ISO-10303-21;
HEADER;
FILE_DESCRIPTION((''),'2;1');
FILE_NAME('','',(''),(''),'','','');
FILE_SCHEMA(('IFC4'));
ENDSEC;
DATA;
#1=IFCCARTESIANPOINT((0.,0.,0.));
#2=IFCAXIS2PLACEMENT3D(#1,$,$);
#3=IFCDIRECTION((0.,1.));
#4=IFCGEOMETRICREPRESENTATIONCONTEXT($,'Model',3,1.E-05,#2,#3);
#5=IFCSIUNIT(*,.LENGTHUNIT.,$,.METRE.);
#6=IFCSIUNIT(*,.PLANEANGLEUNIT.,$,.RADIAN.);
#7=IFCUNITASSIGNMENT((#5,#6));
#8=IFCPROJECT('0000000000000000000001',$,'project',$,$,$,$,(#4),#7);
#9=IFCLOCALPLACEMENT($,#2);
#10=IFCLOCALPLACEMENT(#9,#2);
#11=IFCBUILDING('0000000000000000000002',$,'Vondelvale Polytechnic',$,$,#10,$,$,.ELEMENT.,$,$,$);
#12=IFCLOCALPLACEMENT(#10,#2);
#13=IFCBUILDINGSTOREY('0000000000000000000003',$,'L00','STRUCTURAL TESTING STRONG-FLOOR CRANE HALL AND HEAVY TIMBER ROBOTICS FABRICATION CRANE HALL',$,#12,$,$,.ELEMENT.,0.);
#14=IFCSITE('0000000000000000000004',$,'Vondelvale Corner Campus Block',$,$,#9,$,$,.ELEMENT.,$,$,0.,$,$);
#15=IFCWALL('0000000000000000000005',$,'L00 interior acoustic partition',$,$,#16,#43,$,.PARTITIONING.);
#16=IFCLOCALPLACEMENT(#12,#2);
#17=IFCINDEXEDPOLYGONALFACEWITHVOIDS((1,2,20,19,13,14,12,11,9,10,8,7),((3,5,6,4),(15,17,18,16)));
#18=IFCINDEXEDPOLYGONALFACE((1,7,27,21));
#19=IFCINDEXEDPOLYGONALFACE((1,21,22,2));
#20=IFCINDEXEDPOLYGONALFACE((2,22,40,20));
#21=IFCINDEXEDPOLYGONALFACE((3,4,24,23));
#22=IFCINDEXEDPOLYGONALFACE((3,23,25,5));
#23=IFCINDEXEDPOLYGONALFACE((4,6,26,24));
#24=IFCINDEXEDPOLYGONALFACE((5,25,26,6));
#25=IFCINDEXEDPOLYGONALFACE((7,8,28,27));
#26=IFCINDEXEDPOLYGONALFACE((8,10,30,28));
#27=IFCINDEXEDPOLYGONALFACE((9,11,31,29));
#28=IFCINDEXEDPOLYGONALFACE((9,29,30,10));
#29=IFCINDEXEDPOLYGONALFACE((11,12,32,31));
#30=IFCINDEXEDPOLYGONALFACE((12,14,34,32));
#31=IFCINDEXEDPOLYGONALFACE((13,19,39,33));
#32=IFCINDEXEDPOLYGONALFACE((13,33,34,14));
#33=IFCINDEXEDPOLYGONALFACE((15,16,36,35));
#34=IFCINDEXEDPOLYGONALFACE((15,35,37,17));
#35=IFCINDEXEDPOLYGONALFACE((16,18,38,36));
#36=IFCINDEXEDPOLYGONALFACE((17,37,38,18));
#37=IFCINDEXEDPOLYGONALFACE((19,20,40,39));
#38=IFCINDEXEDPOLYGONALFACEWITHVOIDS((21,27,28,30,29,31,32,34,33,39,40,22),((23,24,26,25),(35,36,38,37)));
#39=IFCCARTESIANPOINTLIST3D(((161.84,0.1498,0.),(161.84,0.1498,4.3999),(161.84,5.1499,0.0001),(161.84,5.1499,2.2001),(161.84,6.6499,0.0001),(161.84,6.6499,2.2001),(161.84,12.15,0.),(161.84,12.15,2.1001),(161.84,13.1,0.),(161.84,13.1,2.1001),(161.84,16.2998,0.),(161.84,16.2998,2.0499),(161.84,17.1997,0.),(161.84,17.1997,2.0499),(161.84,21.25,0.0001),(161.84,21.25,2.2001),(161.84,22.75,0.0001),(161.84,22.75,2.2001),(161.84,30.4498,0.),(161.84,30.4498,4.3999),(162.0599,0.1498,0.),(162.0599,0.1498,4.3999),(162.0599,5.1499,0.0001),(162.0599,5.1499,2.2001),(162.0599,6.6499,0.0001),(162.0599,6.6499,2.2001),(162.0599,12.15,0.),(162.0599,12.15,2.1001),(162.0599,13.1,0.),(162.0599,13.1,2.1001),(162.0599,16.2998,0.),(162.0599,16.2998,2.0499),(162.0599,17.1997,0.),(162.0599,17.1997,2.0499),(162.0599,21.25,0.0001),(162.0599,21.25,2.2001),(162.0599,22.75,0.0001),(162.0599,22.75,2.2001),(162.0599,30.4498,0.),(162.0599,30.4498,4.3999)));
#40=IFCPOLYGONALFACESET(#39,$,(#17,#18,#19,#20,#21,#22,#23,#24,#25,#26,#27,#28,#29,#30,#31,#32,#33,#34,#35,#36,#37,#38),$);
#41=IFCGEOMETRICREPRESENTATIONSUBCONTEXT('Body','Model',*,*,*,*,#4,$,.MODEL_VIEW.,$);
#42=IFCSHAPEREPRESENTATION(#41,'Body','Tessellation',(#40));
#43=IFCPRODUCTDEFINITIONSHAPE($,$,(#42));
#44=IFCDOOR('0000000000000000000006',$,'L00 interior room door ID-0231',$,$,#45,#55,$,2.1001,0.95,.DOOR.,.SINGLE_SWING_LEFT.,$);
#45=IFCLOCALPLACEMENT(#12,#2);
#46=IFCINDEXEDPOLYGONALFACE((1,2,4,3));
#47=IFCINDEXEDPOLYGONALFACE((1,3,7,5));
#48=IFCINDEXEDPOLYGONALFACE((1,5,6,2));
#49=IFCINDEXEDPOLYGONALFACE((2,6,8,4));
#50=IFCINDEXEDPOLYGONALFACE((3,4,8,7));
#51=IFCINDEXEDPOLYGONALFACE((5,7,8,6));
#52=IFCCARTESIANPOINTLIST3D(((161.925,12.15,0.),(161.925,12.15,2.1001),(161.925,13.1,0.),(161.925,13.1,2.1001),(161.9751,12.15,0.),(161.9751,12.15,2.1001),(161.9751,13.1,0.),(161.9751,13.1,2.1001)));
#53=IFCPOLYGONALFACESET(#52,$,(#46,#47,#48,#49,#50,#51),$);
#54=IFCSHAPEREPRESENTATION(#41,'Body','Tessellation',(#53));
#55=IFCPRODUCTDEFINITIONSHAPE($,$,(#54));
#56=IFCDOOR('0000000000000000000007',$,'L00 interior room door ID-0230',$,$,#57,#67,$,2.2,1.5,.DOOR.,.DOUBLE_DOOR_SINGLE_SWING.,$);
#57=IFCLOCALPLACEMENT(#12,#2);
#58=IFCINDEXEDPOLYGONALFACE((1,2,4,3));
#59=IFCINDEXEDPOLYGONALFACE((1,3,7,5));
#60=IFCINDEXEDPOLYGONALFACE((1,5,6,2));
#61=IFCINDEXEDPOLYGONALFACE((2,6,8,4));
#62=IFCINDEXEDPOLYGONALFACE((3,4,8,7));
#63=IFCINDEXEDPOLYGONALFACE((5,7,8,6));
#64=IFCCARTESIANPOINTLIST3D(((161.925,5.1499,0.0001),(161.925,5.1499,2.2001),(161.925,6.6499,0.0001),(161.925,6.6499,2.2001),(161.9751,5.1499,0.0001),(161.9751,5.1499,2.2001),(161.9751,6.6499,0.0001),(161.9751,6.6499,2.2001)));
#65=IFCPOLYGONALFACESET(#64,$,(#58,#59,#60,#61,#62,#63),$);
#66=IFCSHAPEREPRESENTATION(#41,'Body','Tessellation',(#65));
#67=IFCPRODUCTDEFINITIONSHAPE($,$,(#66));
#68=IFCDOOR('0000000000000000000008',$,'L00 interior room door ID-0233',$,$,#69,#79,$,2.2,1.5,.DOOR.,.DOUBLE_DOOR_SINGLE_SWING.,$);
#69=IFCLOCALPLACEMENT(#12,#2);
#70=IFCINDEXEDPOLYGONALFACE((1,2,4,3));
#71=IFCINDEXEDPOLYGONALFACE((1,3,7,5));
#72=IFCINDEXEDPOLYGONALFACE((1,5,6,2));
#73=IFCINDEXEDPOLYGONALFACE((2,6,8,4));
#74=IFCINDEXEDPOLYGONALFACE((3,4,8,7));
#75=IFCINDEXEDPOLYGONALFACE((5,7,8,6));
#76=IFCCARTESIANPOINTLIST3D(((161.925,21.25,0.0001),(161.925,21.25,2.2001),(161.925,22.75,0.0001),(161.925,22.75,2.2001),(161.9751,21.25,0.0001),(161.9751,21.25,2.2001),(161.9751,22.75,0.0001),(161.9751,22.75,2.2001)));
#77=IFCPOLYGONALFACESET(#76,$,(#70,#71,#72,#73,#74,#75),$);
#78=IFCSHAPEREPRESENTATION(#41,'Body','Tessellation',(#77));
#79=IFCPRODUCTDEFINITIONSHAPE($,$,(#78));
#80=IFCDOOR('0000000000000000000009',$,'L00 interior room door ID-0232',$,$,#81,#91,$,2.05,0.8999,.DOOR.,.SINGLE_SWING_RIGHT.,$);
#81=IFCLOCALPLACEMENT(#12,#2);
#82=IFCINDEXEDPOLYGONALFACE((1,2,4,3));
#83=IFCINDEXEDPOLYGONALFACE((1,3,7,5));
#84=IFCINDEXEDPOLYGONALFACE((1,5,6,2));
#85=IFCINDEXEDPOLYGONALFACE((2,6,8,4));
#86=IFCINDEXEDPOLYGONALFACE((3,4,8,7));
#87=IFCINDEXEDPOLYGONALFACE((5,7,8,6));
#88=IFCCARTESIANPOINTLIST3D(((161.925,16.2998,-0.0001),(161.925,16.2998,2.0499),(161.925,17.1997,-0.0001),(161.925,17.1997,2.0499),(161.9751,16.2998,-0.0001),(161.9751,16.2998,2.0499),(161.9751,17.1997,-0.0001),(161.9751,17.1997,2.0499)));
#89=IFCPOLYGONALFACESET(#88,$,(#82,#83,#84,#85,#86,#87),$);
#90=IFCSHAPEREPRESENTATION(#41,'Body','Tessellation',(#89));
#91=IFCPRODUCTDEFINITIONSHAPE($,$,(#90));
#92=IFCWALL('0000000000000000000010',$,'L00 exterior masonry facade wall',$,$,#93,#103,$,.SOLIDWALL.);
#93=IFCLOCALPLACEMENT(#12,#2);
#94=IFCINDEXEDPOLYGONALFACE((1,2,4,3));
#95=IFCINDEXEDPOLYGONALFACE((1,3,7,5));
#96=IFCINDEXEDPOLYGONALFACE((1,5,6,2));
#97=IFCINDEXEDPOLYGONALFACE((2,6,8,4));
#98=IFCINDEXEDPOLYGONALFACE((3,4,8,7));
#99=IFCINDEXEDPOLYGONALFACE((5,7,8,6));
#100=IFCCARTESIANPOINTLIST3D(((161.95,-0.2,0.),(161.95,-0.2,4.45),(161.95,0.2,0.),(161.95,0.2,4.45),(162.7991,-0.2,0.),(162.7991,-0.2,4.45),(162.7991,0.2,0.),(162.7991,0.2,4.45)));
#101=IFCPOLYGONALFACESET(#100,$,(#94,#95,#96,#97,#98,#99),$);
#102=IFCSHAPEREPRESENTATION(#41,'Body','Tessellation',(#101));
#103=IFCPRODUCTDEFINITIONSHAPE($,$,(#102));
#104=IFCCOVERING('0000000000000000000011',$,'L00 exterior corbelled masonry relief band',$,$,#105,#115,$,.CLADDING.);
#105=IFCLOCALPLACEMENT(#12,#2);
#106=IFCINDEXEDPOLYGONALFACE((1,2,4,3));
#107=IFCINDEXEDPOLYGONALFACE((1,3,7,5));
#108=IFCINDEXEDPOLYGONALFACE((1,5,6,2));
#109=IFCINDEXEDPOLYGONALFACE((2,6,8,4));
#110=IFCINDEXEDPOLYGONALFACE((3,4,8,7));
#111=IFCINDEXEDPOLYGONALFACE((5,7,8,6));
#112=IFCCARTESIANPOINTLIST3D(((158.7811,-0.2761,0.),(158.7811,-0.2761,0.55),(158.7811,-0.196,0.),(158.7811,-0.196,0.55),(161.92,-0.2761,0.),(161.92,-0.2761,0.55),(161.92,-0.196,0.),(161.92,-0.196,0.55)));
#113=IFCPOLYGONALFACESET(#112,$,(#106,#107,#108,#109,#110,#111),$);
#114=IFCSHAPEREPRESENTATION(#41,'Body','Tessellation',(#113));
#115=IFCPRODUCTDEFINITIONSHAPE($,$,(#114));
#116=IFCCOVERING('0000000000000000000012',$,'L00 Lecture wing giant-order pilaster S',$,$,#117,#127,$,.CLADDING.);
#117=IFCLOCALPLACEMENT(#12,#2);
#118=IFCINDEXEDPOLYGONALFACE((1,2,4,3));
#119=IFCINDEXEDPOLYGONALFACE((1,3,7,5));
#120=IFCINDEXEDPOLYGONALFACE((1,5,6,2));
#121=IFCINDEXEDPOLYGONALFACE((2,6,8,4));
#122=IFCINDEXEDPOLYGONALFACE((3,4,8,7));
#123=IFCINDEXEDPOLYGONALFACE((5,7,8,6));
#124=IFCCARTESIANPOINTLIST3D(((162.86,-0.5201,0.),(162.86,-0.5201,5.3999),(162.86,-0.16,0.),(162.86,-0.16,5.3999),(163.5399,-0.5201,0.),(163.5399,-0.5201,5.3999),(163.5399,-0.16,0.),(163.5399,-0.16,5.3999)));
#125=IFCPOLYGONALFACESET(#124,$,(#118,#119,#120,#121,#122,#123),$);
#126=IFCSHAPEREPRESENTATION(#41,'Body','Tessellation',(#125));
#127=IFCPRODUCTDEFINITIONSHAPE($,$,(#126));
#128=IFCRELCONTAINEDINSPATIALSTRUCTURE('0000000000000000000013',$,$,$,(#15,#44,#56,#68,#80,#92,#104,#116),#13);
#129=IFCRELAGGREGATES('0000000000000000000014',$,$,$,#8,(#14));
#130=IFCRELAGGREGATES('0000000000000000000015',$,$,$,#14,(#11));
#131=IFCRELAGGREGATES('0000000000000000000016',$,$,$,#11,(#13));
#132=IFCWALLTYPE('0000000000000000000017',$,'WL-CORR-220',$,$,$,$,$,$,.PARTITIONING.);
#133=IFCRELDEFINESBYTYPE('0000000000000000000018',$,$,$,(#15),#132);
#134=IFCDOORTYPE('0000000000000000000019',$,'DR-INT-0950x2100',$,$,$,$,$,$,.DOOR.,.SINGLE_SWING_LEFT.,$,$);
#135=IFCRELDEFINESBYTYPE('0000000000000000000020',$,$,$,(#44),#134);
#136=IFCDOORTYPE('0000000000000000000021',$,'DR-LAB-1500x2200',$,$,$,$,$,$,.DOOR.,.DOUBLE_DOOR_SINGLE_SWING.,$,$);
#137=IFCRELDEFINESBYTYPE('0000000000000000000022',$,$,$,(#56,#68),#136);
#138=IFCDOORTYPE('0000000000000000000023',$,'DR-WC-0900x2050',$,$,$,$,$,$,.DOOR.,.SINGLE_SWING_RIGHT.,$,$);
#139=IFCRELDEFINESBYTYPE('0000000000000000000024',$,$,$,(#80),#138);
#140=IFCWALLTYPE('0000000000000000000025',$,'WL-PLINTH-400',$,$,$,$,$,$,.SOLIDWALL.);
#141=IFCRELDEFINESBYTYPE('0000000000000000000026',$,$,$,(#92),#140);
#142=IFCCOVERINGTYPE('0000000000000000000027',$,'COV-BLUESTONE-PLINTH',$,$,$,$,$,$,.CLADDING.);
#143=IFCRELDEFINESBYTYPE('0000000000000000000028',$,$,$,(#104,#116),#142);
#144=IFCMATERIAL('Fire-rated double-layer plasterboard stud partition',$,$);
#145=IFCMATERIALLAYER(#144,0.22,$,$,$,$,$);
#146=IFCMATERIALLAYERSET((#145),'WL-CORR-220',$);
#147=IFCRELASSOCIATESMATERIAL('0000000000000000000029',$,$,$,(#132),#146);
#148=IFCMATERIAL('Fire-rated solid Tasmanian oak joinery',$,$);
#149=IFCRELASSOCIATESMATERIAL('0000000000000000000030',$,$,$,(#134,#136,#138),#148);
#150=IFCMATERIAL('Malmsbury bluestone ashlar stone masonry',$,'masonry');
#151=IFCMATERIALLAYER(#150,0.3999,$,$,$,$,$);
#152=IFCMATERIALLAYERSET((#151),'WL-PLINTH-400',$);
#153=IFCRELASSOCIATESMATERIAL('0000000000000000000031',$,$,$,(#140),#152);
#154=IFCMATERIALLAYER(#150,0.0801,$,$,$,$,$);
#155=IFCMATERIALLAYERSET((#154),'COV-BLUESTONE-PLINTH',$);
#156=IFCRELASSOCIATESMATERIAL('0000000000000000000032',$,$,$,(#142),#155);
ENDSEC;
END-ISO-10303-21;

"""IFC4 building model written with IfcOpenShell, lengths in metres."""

from ifc_helpers import new_model, si_unit, direction, frame, frame_2d, origin, origin_2d, place, context, subcontext, project, spatial, rectangle, extrude, material, layer, layer_set, type_object, element, fill, save


model = new_model("IFC4")

# Units and contexts
model_context = context("Model", 3, precision=1e-05, world=origin(), true_north=direction((0.0, 1.0)))
body_context = subcontext(model_context, "Body", "Model", "MODEL_VIEW")
ifc_project = project(units=[si_unit("LENGTHUNIT", "METRE"), si_unit("PLANEANGLEUNIT", "RADIAN")], contexts=[model_context])

# Site, building, storey
site_placement = place(None, origin())
site = spatial("IfcSite", under=ifc_project, at=site_placement, Name="Vondelvale Corner Campus Block", CompositionType="ELEMENT", RefElevation=0.0)
building_placement = place(site_placement, origin())
building = spatial("IfcBuilding", under=site, at=building_placement, Name="Vondelvale Polytechnic", CompositionType="ELEMENT")
storey_placement = place(building_placement, origin())
storey = spatial("IfcBuildingStorey", under=building, at=storey_placement, Name="L00", Description="STRUCTURAL TESTING STRONG-FLOOR CRANE HALL AND HEAVY TIMBER ROBOTICS FABRICATION CRANE HALL", CompositionType="ELEMENT", Elevation=0.0)

# Shared definitions
ifc_material_1 = material(Name="Fire-rated double-layer plasterboard stud partition")
ifc_layer_1 = layer(ifc_material_1, 0.22)
ifc_layer_set_1 = layer_set([ifc_layer_1], Name="WL-CORR-220")
wall_type_1 = type_object("IfcWallType", Name="WL-CORR-220", PredefinedType="PARTITIONING", material=ifc_layer_set_1)

# Wall, openings, doors
wall_1_placement = place(storey_placement, frame((161.95, 0.1499, 0.0), z_axis=(0.0, 0.0, 1.0), x_axis=(0.0, 1.0, 0.0)))
wall_1 = element("IfcWall", 1, at=wall_1_placement, inside=storey, type_object=wall_type_1, Name="L00 interior acoustic partition", PredefinedType="PARTITIONING", context=body_context, shape_type="SweptSolid", body=[
    extrude(rectangle(XDim=30.3, YDim=0.22, at=frame_2d((15.1499, 0.0))), origin(), (0.0, 0.0, 1.0), 4.3999),
])
opening_1_placement = place(wall_1_placement, frame((5.0, 0.0, 0.0)))
opening_1 = element("IfcOpeningElement", 2, at=opening_1_placement, cuts=wall_1, PredefinedType="OPENING", context=body_context, shape_type="SweptSolid", body=[
    extrude(rectangle(XDim=1.5, YDim=2.2, at=frame_2d((0.75, 1.1001))), frame((0.0, 0.1199, 0.0), z_axis=(0.0, -1.0, 0.0), x_axis=(1.0, 0.0, 0.0)), (0.0, 0.0, 1.0), 0.24),
])
opening_2_placement = place(wall_1_placement, frame((12.0, 0.0, 0.0)))
opening_2 = element("IfcOpeningElement", 3, at=opening_2_placement, cuts=wall_1, PredefinedType="OPENING", context=body_context, shape_type="SweptSolid", body=[
    extrude(rectangle(XDim=0.95, YDim=2.1001, at=frame_2d((0.4751, 1.05))), frame((0.0, 0.1199, 0.0), z_axis=(0.0, -1.0, 0.0), x_axis=(1.0, 0.0, 0.0)), (0.0, 0.0, 1.0), 0.24),
])
opening_3_placement = place(wall_1_placement, frame((16.1499, 0.0, 0.0)))
opening_3 = element("IfcOpeningElement", 4, at=opening_3_placement, cuts=wall_1, PredefinedType="OPENING", context=body_context, shape_type="SweptSolid", body=[
    extrude(rectangle(XDim=0.8999, YDim=2.05, at=frame_2d((0.45, 1.0249))), frame((0.0, 0.1199, 0.0), z_axis=(0.0, -1.0, 0.0), x_axis=(1.0, 0.0, 0.0)), (0.0, 0.0, 1.0), 0.24),
])
opening_4_placement = place(wall_1_placement, frame((21.1001, 0.0, 0.0)))
opening_4 = element("IfcOpeningElement", 5, at=opening_4_placement, cuts=wall_1, PredefinedType="OPENING", context=body_context, shape_type="SweptSolid", body=[
    extrude(rectangle(XDim=1.5, YDim=2.2, at=frame_2d((0.75, 1.1001))), frame((0.0, 0.1199, 0.0), z_axis=(0.0, -1.0, 0.0), x_axis=(1.0, 0.0, 0.0)), (0.0, 0.0, 1.0), 0.24),
])
ifc_material_2 = material(Name="Fire-rated solid Tasmanian oak joinery")
door_type_1 = type_object("IfcDoorType", Name="DR-INT-0950x2100", OperationType="SINGLE_SWING_LEFT", PredefinedType="DOOR", material=ifc_material_2)
door_1_placement = place(opening_2_placement, origin())
door_1 = element("IfcDoor", 6, at=door_1_placement, inside=storey, type_object=door_type_1, Name="L00 interior room door ID-0231", OperationType="SINGLE_SWING_LEFT", OverallHeight=2.1001, OverallWidth=0.95, PredefinedType="DOOR", context=body_context, shape_type="SweptSolid", body=[
    extrude(rectangle(XDim=0.95, YDim=2.1001, at=frame_2d((0.4751, 1.05))), frame((0.0, 0.0249, 0.0), z_axis=(0.0, -1.0, 0.0), x_axis=(1.0, 0.0, 0.0)), (0.0, 0.0, 1.0), 0.05),
])
fill(opening_2, door_1)
door_type_2 = type_object("IfcDoorType", Name="DR-LAB-1500x2200", OperationType="DOUBLE_DOOR_SINGLE_SWING", PredefinedType="DOOR", material=ifc_material_2)
door_2_placement = place(opening_1_placement, origin())
door_2 = element("IfcDoor", 7, at=door_2_placement, inside=storey, type_object=door_type_2, Name="L00 interior room door ID-0230", OperationType="DOUBLE_DOOR_SINGLE_SWING", OverallHeight=2.2, OverallWidth=1.5, PredefinedType="DOOR", context=body_context, shape_type="SweptSolid", body=[
    extrude(rectangle(XDim=1.5, YDim=2.2, at=frame_2d((0.75, 1.1001))), frame((0.0, 0.0249, 0.0), z_axis=(0.0, -1.0, 0.0), x_axis=(1.0, 0.0, 0.0)), (0.0, 0.0, 1.0), 0.05),
])
fill(opening_1, door_2)
door_3_placement = place(opening_4_placement, origin())
door_3 = element("IfcDoor", 8, at=door_3_placement, inside=storey, type_object=door_type_2, Name="L00 interior room door ID-0233", OperationType="DOUBLE_DOOR_SINGLE_SWING", OverallHeight=2.2, OverallWidth=1.5, PredefinedType="DOOR", context=body_context, shape_type="SweptSolid", body=[
    extrude(rectangle(XDim=1.5, YDim=2.2, at=frame_2d((0.75, 1.1001))), frame((0.0, 0.0249, 0.0), z_axis=(0.0, -1.0, 0.0), x_axis=(1.0, 0.0, 0.0)), (0.0, 0.0, 1.0), 0.05),
])
fill(opening_4, door_3)
door_type_3 = type_object("IfcDoorType", Name="DR-WC-0900x2050", OperationType="SINGLE_SWING_RIGHT", PredefinedType="DOOR", material=ifc_material_2)
door_4_placement = place(opening_3_placement, origin())
door_4 = element("IfcDoor", 9, at=door_4_placement, inside=storey, type_object=door_type_3, Name="L00 interior room door ID-0232", OperationType="SINGLE_SWING_RIGHT", OverallHeight=2.05, OverallWidth=0.8999, PredefinedType="DOOR", context=body_context, shape_type="SweptSolid", body=[
    extrude(rectangle(XDim=0.8999, YDim=2.05, at=frame_2d((0.45, 1.0249))), frame((0.0, 0.0249, 0.0), z_axis=(0.0, -1.0, 0.0), x_axis=(1.0, 0.0, 0.0)), (0.0, 0.0, 1.0), 0.05),
])
fill(opening_3, door_4)

# Shared definitions
ifc_material_3 = material(Name="Malmsbury bluestone ashlar stone masonry", Category="masonry")
ifc_layer_2 = layer(ifc_material_3, 0.3999)
ifc_layer_set_2 = layer_set([ifc_layer_2], Name="WL-PLINTH-400")
wall_type_2 = type_object("IfcWallType", Name="WL-PLINTH-400", PredefinedType="SOLIDWALL", material=ifc_layer_set_2)

# Wall
wall_2_placement = place(storey_placement, frame((162.7991, 0.0, 0.0), z_axis=(0.0, 0.0, 1.0), x_axis=(-1.0, 0.0, 0.0)))
element("IfcWall", 10, at=wall_2_placement, inside=storey, type_object=wall_type_2, Name="L00 exterior masonry facade wall", PredefinedType="SOLIDWALL", context=body_context, shape_type="SweptSolid", body=[
    extrude(rectangle(XDim=0.8491, YDim=0.3999, at=frame_2d((0.4246, 0.0))), origin(), (0.0, 0.0, 1.0), 4.45),
])

# Coverings
ifc_layer_3 = layer(ifc_material_3, 0.0801)
ifc_layer_set_3 = layer_set([ifc_layer_3], Name="COV-BLUESTONE-PLINTH")
covering_type = type_object("IfcCoveringType", Name="COV-BLUESTONE-PLINTH", PredefinedType="CLADDING", material=ifc_layer_set_3)
covering_1_placement = place(storey_placement, frame((160.3506, -0.2361, 0.0), z_axis=(0.0, 0.0, 1.0), x_axis=(-1.0, 0.0, 0.0)))
element("IfcCovering", 11, at=covering_1_placement, inside=storey, type_object=covering_type, Name="L00 exterior corbelled masonry relief band", PredefinedType="CLADDING", context=body_context, shape_type="SweptSolid", body=[
    extrude(rectangle(XDim=3.1389, YDim=0.0801, at=origin_2d()), origin(), (0.0, 0.0, 1.0), 0.55),
])
covering_2_placement = place(storey_placement, frame((163.2, -0.3401, 0.0), z_axis=(0.0, 0.0, 1.0), x_axis=(1.0, 0.0, 0.0)))
element("IfcCovering", 12, at=covering_2_placement, inside=storey, type_object=covering_type, Name="L00 Lecture wing giant-order pilaster S", PredefinedType="CLADDING", context=body_context, shape_type="SweptSolid", body=[
    extrude(rectangle(XDim=0.6799, YDim=0.3601, at=origin_2d()), origin(), (0.0, 0.0, 1.0), 5.3999),
])

save(model, "model.ifc")
